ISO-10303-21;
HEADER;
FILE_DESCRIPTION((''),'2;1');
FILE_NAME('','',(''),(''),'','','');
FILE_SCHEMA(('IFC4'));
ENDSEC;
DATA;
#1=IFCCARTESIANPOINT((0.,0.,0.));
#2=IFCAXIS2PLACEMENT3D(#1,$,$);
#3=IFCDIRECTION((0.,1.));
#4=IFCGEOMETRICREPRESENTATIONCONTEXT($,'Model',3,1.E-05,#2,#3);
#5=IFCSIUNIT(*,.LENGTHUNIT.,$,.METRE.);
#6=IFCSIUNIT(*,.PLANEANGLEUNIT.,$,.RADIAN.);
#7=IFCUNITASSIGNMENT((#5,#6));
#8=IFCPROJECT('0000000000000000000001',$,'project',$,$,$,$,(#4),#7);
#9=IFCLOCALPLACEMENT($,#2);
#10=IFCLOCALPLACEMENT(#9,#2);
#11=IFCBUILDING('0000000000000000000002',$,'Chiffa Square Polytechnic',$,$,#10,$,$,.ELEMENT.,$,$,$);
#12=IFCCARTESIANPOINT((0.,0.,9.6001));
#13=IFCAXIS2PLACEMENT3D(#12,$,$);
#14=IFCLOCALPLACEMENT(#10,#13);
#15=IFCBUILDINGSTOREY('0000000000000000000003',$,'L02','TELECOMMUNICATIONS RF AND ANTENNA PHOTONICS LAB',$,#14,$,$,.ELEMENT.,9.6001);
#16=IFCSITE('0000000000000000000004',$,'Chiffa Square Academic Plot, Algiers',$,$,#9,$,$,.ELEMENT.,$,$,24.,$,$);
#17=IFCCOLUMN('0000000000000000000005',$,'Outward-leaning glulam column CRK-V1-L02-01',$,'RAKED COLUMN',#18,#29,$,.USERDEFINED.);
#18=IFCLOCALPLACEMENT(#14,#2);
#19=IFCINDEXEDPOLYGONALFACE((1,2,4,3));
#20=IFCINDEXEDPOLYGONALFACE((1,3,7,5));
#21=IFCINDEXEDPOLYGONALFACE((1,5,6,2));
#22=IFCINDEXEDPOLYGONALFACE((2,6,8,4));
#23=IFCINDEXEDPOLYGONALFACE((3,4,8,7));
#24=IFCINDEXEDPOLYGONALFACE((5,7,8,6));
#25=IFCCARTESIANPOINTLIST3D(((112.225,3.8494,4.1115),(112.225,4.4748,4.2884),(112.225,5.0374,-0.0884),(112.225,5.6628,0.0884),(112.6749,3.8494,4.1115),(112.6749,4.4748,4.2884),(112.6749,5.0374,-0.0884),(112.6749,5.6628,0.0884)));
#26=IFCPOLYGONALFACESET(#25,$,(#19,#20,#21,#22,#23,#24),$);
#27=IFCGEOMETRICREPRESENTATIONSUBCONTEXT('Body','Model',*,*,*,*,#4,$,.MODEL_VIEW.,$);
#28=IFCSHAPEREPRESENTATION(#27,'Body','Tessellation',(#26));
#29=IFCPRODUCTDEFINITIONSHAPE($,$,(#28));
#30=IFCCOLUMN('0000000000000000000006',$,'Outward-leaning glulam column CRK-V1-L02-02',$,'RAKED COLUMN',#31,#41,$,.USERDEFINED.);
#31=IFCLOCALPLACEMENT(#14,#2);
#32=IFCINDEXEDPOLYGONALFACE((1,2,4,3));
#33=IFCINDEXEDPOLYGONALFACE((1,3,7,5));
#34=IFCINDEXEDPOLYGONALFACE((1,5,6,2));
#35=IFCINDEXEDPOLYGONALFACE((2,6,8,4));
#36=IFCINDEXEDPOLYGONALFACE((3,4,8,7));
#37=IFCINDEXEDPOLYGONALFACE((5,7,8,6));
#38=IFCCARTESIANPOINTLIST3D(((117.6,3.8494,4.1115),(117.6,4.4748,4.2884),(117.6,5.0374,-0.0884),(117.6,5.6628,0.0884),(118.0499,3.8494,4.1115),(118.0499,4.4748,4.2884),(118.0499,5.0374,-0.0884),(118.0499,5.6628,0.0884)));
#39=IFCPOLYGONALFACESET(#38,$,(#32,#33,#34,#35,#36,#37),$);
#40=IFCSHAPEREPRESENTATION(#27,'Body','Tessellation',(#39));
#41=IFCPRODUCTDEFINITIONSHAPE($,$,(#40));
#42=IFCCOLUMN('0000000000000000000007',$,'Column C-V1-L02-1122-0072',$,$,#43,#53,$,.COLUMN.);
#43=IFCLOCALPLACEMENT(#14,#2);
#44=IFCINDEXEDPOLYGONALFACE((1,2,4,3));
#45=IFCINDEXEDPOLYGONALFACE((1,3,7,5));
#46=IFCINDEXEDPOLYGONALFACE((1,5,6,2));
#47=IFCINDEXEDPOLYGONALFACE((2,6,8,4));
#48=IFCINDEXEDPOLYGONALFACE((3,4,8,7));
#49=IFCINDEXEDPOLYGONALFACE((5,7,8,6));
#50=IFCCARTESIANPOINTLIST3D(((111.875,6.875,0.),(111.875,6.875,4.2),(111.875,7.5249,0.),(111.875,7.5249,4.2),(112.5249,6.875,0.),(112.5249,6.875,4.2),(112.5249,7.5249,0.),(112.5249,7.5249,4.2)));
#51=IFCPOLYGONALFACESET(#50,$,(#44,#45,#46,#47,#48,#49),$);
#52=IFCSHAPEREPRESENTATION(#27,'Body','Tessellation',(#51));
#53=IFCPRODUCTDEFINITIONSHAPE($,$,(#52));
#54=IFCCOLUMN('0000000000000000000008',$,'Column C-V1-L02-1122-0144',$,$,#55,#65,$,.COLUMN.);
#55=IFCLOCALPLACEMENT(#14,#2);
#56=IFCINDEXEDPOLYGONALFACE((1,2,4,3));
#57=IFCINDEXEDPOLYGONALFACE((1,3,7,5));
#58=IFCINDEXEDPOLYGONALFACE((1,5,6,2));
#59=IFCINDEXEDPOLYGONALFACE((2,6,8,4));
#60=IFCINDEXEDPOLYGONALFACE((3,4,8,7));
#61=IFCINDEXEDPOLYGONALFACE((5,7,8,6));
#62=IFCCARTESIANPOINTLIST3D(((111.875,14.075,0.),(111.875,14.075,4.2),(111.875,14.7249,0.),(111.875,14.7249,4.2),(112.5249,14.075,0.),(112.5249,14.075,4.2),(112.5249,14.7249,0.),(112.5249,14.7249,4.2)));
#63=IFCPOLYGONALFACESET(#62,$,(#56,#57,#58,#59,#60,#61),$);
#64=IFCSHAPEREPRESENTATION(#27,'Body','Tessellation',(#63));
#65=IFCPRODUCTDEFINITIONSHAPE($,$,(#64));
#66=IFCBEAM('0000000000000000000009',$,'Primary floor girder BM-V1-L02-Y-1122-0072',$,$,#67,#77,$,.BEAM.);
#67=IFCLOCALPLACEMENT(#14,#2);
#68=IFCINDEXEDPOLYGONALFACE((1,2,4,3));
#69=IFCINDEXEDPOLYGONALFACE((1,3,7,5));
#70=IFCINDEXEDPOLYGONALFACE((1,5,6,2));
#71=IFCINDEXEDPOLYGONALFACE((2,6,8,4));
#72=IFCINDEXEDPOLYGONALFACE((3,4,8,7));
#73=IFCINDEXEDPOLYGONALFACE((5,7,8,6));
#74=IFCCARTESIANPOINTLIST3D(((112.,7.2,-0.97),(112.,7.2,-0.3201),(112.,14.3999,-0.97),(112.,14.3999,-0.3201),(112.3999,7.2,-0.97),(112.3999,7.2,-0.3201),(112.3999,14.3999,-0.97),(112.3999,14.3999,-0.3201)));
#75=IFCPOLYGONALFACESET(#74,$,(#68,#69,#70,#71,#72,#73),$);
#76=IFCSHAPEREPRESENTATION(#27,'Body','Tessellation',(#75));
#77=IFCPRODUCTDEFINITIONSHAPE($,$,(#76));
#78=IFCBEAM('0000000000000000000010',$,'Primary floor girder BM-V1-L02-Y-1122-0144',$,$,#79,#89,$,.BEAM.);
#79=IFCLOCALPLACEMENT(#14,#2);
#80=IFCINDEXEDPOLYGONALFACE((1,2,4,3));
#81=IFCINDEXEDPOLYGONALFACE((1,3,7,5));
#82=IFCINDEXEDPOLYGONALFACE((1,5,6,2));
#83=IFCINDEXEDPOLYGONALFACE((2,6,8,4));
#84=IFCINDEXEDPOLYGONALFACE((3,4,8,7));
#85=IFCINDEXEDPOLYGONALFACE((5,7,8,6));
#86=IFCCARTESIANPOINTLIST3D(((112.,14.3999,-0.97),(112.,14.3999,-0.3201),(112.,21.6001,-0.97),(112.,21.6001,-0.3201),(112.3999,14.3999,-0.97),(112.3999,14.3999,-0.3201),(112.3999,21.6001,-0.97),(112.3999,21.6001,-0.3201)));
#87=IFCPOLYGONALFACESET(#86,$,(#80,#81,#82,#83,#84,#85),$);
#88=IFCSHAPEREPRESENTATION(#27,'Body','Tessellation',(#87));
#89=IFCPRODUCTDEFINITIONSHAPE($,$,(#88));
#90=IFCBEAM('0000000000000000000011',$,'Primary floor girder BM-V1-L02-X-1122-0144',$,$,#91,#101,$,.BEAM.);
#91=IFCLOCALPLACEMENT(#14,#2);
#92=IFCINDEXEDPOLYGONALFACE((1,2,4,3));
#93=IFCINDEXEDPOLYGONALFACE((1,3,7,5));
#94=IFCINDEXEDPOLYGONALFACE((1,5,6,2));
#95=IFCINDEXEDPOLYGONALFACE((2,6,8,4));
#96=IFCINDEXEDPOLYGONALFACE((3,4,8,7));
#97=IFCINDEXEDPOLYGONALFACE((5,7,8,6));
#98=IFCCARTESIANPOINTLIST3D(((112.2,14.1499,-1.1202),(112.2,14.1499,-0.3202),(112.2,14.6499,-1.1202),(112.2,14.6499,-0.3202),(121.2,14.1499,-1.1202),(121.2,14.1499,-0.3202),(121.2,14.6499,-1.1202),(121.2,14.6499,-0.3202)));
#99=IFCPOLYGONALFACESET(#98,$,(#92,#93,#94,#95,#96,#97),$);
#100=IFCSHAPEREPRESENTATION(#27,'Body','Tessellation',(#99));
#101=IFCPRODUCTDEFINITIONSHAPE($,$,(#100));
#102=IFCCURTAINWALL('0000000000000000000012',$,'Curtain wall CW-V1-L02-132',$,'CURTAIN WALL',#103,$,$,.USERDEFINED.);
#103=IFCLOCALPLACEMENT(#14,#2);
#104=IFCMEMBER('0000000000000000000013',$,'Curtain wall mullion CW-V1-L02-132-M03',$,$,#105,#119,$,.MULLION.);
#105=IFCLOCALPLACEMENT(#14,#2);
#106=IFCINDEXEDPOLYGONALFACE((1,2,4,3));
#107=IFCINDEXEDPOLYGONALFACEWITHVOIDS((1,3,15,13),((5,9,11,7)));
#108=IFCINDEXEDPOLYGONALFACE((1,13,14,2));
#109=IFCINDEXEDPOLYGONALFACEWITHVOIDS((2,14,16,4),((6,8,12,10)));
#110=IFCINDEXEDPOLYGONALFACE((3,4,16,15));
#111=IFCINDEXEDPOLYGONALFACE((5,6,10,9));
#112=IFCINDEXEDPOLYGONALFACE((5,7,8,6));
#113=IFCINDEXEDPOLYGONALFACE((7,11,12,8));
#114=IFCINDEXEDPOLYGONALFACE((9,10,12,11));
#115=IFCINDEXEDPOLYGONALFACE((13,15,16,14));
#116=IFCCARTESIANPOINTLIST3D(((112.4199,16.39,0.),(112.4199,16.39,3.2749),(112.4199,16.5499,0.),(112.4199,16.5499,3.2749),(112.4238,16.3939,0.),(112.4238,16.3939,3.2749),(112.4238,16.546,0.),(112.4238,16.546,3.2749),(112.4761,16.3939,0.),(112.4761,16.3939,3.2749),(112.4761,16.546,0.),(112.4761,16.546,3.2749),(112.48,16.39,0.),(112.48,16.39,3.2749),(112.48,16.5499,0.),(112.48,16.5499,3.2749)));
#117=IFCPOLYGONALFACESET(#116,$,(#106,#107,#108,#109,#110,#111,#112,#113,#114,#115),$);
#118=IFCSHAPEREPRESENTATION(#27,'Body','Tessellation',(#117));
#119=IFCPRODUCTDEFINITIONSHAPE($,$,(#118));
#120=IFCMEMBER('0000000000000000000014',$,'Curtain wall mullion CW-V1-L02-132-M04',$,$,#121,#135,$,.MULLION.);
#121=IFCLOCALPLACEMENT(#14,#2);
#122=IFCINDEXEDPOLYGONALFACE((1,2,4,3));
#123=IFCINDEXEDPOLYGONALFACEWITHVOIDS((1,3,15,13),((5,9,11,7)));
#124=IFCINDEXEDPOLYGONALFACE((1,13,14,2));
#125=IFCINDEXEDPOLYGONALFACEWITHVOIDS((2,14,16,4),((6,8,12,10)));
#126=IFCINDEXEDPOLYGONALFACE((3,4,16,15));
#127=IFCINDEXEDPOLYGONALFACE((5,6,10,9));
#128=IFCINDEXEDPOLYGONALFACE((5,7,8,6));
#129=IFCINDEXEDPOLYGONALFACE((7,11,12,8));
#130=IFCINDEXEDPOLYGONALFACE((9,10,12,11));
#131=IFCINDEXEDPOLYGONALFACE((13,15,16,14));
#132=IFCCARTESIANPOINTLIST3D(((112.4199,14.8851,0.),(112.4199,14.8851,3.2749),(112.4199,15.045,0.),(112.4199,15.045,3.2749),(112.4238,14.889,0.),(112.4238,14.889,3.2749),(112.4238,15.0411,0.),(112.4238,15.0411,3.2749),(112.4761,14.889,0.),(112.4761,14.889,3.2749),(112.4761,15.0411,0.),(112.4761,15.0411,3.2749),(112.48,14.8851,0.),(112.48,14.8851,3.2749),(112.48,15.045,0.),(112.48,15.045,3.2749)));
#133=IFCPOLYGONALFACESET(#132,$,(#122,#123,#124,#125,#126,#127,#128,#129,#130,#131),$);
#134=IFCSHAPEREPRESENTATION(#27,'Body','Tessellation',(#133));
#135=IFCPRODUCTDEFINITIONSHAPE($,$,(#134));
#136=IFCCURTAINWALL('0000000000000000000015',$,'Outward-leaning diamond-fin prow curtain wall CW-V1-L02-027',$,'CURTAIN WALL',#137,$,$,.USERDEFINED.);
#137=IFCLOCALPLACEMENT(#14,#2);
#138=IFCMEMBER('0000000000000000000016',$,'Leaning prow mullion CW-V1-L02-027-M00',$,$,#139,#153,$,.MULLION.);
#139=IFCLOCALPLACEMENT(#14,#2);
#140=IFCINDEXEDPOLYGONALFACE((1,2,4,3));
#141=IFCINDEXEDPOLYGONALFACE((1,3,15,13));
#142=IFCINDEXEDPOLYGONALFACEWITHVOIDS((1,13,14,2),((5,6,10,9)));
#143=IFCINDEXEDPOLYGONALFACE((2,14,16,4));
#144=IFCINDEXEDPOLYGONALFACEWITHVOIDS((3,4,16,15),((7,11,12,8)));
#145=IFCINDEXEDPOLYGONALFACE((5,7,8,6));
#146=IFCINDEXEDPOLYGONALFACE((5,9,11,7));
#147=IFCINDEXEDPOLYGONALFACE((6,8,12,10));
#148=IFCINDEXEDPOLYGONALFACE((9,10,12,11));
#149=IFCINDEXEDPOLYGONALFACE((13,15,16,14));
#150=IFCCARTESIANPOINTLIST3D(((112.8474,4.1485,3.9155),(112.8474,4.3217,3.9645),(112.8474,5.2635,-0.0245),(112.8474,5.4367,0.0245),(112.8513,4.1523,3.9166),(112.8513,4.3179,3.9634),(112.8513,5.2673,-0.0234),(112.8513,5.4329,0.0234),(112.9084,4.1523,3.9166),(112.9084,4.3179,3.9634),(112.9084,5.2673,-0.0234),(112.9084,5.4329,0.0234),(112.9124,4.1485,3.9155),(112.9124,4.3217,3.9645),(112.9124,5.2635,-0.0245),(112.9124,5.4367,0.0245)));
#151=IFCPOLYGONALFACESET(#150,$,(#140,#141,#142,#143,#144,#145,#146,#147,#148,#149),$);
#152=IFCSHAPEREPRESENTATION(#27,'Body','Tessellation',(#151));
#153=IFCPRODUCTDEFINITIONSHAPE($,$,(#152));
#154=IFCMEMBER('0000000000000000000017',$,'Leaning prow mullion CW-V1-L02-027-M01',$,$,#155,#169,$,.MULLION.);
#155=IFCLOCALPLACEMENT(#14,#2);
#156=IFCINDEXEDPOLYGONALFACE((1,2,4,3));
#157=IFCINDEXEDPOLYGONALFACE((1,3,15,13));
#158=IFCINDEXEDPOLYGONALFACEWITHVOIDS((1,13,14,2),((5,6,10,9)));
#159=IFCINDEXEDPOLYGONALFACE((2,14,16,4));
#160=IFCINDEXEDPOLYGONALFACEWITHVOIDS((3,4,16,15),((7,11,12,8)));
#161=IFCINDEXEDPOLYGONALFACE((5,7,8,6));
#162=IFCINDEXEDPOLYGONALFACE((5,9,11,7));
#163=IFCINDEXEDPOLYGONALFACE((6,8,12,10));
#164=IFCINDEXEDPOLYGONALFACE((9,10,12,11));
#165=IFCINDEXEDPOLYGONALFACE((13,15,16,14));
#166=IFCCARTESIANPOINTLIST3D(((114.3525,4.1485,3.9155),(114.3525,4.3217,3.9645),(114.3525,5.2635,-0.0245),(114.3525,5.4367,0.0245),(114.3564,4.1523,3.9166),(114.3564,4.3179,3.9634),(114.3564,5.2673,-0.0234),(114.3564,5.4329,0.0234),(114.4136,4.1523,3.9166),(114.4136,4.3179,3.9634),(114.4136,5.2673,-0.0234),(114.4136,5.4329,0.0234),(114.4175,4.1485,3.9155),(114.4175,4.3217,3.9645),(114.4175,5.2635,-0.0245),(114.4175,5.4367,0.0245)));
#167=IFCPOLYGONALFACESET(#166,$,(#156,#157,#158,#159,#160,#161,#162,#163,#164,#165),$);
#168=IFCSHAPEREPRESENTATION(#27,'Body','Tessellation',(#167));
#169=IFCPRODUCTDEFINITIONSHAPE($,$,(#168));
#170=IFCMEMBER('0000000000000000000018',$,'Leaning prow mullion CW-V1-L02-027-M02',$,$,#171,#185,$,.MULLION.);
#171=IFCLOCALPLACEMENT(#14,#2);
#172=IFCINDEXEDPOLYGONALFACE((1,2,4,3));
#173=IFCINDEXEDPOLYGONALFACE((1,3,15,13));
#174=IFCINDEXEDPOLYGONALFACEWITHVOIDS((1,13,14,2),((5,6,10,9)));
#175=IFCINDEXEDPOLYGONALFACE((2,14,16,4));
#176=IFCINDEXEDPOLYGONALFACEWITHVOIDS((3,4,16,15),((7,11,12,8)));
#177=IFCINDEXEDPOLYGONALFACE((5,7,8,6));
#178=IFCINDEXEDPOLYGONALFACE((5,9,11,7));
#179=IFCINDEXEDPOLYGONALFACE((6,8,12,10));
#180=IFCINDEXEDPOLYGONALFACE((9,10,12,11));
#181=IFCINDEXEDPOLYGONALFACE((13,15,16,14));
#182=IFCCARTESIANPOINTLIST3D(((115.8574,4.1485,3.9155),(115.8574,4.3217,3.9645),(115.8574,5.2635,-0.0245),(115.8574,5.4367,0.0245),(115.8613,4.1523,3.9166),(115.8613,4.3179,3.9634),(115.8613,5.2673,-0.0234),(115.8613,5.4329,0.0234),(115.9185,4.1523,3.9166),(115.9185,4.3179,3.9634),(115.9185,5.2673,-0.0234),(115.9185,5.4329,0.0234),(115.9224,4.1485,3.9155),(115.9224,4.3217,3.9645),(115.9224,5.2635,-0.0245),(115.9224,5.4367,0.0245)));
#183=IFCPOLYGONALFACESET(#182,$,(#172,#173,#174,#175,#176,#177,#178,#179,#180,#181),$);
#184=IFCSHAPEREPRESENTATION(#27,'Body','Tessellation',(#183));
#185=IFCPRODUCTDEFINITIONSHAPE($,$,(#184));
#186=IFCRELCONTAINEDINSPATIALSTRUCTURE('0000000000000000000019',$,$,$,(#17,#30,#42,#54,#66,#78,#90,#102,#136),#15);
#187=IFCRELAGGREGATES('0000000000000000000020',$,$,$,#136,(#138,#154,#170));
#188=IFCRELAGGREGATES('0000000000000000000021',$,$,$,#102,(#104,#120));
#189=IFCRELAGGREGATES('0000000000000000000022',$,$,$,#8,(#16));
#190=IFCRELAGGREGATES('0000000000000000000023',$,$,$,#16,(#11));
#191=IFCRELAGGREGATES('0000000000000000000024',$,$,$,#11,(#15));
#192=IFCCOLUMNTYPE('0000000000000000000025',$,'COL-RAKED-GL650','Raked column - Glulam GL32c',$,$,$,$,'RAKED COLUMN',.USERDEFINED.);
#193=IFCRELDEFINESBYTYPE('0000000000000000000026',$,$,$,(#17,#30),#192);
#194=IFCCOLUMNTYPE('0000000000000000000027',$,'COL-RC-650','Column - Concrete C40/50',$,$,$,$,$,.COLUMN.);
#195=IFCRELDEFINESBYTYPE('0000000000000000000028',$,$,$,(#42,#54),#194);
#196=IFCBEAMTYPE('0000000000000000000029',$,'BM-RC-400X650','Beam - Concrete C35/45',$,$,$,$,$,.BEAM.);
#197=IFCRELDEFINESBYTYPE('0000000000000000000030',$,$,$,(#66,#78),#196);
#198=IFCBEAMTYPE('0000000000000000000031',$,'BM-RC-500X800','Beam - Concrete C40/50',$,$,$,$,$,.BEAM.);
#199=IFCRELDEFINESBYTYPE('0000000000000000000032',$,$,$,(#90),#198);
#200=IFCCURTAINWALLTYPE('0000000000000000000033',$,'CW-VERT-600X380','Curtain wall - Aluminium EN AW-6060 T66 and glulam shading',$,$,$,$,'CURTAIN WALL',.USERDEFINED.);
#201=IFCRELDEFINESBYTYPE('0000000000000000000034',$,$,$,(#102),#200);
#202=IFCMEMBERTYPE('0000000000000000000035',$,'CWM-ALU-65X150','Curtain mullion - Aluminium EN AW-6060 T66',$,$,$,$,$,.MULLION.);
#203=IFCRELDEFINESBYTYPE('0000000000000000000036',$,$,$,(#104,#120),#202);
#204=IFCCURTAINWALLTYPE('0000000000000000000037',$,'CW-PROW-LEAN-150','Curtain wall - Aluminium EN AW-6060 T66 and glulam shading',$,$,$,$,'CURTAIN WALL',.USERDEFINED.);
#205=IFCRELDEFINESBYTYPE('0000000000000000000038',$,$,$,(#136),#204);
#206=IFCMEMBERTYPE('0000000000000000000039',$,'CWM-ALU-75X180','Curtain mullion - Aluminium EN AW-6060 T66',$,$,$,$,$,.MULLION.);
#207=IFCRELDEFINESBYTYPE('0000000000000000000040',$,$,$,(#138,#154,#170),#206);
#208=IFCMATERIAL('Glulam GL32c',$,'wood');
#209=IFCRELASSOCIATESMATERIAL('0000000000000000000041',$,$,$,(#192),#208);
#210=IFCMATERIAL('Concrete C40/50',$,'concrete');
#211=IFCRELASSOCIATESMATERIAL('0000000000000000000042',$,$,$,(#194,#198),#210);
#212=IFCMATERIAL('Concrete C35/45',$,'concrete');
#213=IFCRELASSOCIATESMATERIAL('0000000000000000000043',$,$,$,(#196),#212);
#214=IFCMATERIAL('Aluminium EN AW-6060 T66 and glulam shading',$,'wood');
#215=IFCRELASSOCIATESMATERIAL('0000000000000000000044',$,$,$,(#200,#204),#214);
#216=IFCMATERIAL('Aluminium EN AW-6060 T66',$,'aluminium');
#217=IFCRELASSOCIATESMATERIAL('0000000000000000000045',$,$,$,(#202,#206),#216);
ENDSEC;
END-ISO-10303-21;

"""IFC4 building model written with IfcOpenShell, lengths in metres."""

from ifc_helpers import new_model, si_unit, direction, frame, origin, origin_2d, place, context, subcontext, project, spatial, rectangle, hollow_rectangle, extrude, material, material_profile, profile_set, type_object, element, aggregate, save


model = new_model("IFC4")

# Units and contexts
model_context = context("Model", 3, precision=1e-05, world=origin(), true_north=direction((0.0, 1.0)))
body_context = subcontext(model_context, "Body", "Model", "MODEL_VIEW")
ifc_project = project(units=[si_unit("LENGTHUNIT", "METRE"), si_unit("PLANEANGLEUNIT", "RADIAN")], contexts=[model_context])

# Site, building, storey
site_placement = place(None, origin())
site = spatial("IfcSite", under=ifc_project, at=site_placement, Name="Chiffa Square Academic Plot, Algiers", CompositionType="ELEMENT", RefElevation=24.0)
building_placement = place(site_placement, origin())
building = spatial("IfcBuilding", under=site, at=building_placement, Name="Chiffa Square Polytechnic", CompositionType="ELEMENT")
storey_placement = place(building_placement, frame((0.0, 0.0, 9.6001)))
storey = spatial("IfcBuildingStorey", under=building, at=storey_placement, Name="L02", Description="TELECOMMUNICATIONS RF AND ANTENNA PHOTONICS LAB", CompositionType="ELEMENT", Elevation=9.6001)

# Columns
ifc_material_1 = material(Name="Glulam GL32c", Category="wood")
ifc_material_profile_1 = material_profile(ifc_material_1, rectangle(XDim=0.45, YDim=0.6499, at=origin_2d()), Name="GL32c 450x650")
ifc_profile_set_1 = profile_set([ifc_material_profile_1], Name="Glulam GL32c")
column_type_1 = type_object("IfcColumnType", Name="COL-RAKED-GL650", Description="Raked column - Glulam GL32c", ElementType="RAKED COLUMN", PredefinedType="USERDEFINED", material=ifc_profile_set_1)
for number, where, z_axis, x_axis, name in (
    (1, (112.45, 5.3501, 0.0), (0.0, -0.272179, 0.962247), (1.0, 0.0, 0.0), "Outward-leaning glulam column CRK-V1-L02-01"),
    (2, (117.825, 5.3501, 0.0), (0.0, -0.272179, 0.962247), (1.0, 0.0, 0.0), "Outward-leaning glulam column CRK-V1-L02-02"),
):
    element("IfcColumn", number, at=place(storey_placement, frame(where, z_axis=z_axis, x_axis=x_axis)), inside=storey, type_object=column_type_1, Name=name, ObjectType="RAKED COLUMN", PredefinedType="USERDEFINED", context=body_context, shape_type="SweptSolid", body=[
        extrude(rectangle(XDim=0.45, YDim=0.6499, at=origin_2d()), origin(), (0.0, 0.0, 1.0), 4.3647),
    ])
ifc_material_2 = material(Name="Concrete C40/50", Category="concrete")
ifc_material_profile_2 = material_profile(ifc_material_2, rectangle(XDim=0.6499, YDim=0.6499, at=origin_2d()), Name="RC 650x650")
ifc_profile_set_2 = profile_set([ifc_material_profile_2], Name="Concrete C40/50")
column_type_2 = type_object("IfcColumnType", Name="COL-RC-650", Description="Column - Concrete C40/50", PredefinedType="COLUMN", material=ifc_profile_set_2)
for number, where, z_axis, x_axis, name in (
    (3, (112.2, 7.2, 0.0), (0.0, 0.0, 1.0), (1.0, 0.0, 0.0), "Column C-V1-L02-1122-0072"),
    (4, (112.2, 14.3999, 0.0), (0.0, 0.0, 1.0), (1.0, 0.0, 0.0), "Column C-V1-L02-1122-0144"),
):
    element("IfcColumn", number, at=place(storey_placement, frame(where, z_axis=z_axis, x_axis=x_axis)), inside=storey, type_object=column_type_2, Name=name, PredefinedType="COLUMN", context=body_context, shape_type="SweptSolid", body=[
        extrude(rectangle(XDim=0.6499, YDim=0.6499, at=origin_2d()), origin(), (0.0, 0.0, 1.0), 4.2),
    ])

# Beams
ifc_material_3 = material(Name="Concrete C35/45", Category="concrete")
ifc_material_profile_3 = material_profile(ifc_material_3, rectangle(XDim=0.3999, YDim=0.6499, at=origin_2d()), Name="RC 400x650")
ifc_profile_set_3 = profile_set([ifc_material_profile_3], Name="Concrete C35/45")
beam_type_1 = type_object("IfcBeamType", Name="BM-RC-400X650", Description="Beam - Concrete C35/45", PredefinedType="BEAM", material=ifc_profile_set_3)
beam_1_placement = place(storey_placement, frame((112.2, 7.2, -0.645), z_axis=(0.0, 1.0, 0.0), x_axis=(-1.0, 0.0, 0.0)))
element("IfcBeam", 5, at=beam_1_placement, inside=storey, type_object=beam_type_1, Name="Primary floor girder BM-V1-L02-Y-1122-0072", PredefinedType="BEAM", context=body_context, shape_type="SweptSolid", body=[
    extrude(rectangle(XDim=0.3999, YDim=0.6499, at=origin_2d()), origin(), (0.0, 0.0, 1.0), 7.2),
])
beam_2_placement = place(storey_placement, frame((112.2, 14.3999, -0.645), z_axis=(0.0, 1.0, 0.0), x_axis=(-1.0, 0.0, 0.0)))
element("IfcBeam", 6, at=beam_2_placement, inside=storey, type_object=beam_type_1, Name="Primary floor girder BM-V1-L02-Y-1122-0144", PredefinedType="BEAM", context=body_context, shape_type="SweptSolid", body=[
    extrude(rectangle(XDim=0.3999, YDim=0.6499, at=origin_2d()), origin(), (0.0, 0.0, 1.0), 7.2002),
])
ifc_material_profile_4 = material_profile(ifc_material_2, rectangle(XDim=0.5, YDim=0.8, at=origin_2d()), Name="RC 500x800")
ifc_profile_set_4 = profile_set([ifc_material_profile_4], Name="Concrete C40/50")
beam_type_2 = type_object("IfcBeamType", Name="BM-RC-500X800", Description="Beam - Concrete C40/50", PredefinedType="BEAM", material=ifc_profile_set_4)
beam_3_placement = place(storey_placement, frame((112.2, 14.3999, -0.7202), z_axis=(1.0, 0.0, 0.0), x_axis=(0.0, 1.0, 0.0)))
element("IfcBeam", 7, at=beam_3_placement, inside=storey, type_object=beam_type_2, Name="Primary floor girder BM-V1-L02-X-1122-0144", PredefinedType="BEAM", context=body_context, shape_type="SweptSolid", body=[
    extrude(rectangle(XDim=0.5, YDim=0.8, at=origin_2d()), origin(), (0.0, 0.0, 1.0), 9.0),
])

# Curtain walls, members
ifc_material_4 = material(Name="Aluminium EN AW-6060 T66 and glulam shading", Category="wood")
curtain_wall_type_1 = type_object("IfcCurtainWallType", Name="CW-VERT-600X380", Description="Curtain wall - Aluminium EN AW-6060 T66 and glulam shading", ElementType="CURTAIN WALL", PredefinedType="USERDEFINED", material=ifc_material_4)
curtain_wall_1_placement = place(storey_placement, origin())
curtain_wall_1 = element("IfcCurtainWall", 8, at=curtain_wall_1_placement, inside=storey, type_object=curtain_wall_type_1, Name="Curtain wall CW-V1-L02-132", ObjectType="CURTAIN WALL", PredefinedType="USERDEFINED")
ifc_material_5 = material(Name="Aluminium EN AW-6060 T66", Category="aluminium")
ifc_material_profile_5 = material_profile(ifc_material_5, hollow_rectangle(XDim=0.0601, YDim=0.1599, WallThickness=0.0039, at=origin_2d()), Name="ALU 60x160x4")
ifc_profile_set_5 = profile_set([ifc_material_profile_5], Name="Aluminium EN AW-6060 T66")
member_type_1 = type_object("IfcMemberType", Name="CWM-ALU-65X150", Description="Curtain mullion - Aluminium EN AW-6060 T66", PredefinedType="MULLION", material=ifc_profile_set_5)
member_1_placement = place(storey_placement, frame((112.45, 16.47, 0.0), z_axis=(0.0, 0.0, 1.0), x_axis=(1.0, 0.0, 0.0)))
member_1 = element("IfcMember", 9, at=member_1_placement, type_object=member_type_1, Name="Curtain wall mullion CW-V1-L02-132-M03", PredefinedType="MULLION", context=body_context, shape_type="SweptSolid", body=[
    extrude(hollow_rectangle(XDim=0.0601, YDim=0.1599, WallThickness=0.0039, at=origin_2d()), origin(), (0.0, 0.0, 1.0), 3.2749),
])
member_2_placement = place(storey_placement, frame((112.45, 14.9651, 0.0), z_axis=(0.0, 0.0, 1.0), x_axis=(1.0, 0.0, 0.0)))
member_2 = element("IfcMember", 10, at=member_2_placement, type_object=member_type_1, Name="Curtain wall mullion CW-V1-L02-132-M04", PredefinedType="MULLION", context=body_context, shape_type="SweptSolid", body=[
    extrude(hollow_rectangle(XDim=0.0601, YDim=0.1599, WallThickness=0.0039, at=origin_2d()), origin(), (0.0, 0.0, 1.0), 3.2749),
])
curtain_wall_type_2 = type_object("IfcCurtainWallType", Name="CW-PROW-LEAN-150", Description="Curtain wall - Aluminium EN AW-6060 T66 and glulam shading", ElementType="CURTAIN WALL", PredefinedType="USERDEFINED", material=ifc_material_4)
curtain_wall_2_placement = place(storey_placement, origin())
curtain_wall_2 = element("IfcCurtainWall", 11, at=curtain_wall_2_placement, inside=storey, type_object=curtain_wall_type_2, Name="Outward-leaning diamond-fin prow curtain wall CW-V1-L02-027", ObjectType="CURTAIN WALL", PredefinedType="USERDEFINED")
ifc_material_profile_6 = material_profile(ifc_material_5, hollow_rectangle(XDim=0.0649, YDim=0.1799, WallThickness=0.0039, at=origin_2d()), Name="ALU 65x180x4")
ifc_profile_set_6 = profile_set([ifc_material_profile_6], Name="Aluminium EN AW-6060 T66")
member_type_2 = type_object("IfcMemberType", Name="CWM-ALU-75X180", Description="Curtain mullion - Aluminium EN AW-6060 T66", PredefinedType="MULLION", material=ifc_profile_set_6)
member_3_placement = place(storey_placement, frame((112.8799, 5.3501, 0.0), z_axis=(0.0, -0.272303, 0.962212), x_axis=(1.0, 0.0, 0.0)))
member_3 = element("IfcMember", 12, at=member_3_placement, type_object=member_type_2, Name="Leaning prow mullion CW-V1-L02-027-M00", PredefinedType="MULLION", context=body_context, shape_type="SweptSolid", body=[
    extrude(hollow_rectangle(XDim=0.0649, YDim=0.1799, WallThickness=0.0039, at=origin_2d()), origin(), (0.0, 0.0, 1.0), 4.0947),
])
member_4_placement = place(storey_placement, frame((114.385, 5.3501, 0.0), z_axis=(0.0, -0.272303, 0.962212), x_axis=(1.0, 0.0, 0.0)))
member_4 = element("IfcMember", 13, at=member_4_placement, type_object=member_type_2, Name="Leaning prow mullion CW-V1-L02-027-M01", PredefinedType="MULLION", context=body_context, shape_type="SweptSolid", body=[
    extrude(hollow_rectangle(XDim=0.0649, YDim=0.1799, WallThickness=0.0039, at=origin_2d()), origin(), (0.0, 0.0, 1.0), 4.0947),
])
member_5_placement = place(storey_placement, frame((115.8899, 5.3501, 0.0), z_axis=(0.0, -0.272303, 0.962212), x_axis=(1.0, 0.0, 0.0)))
member_5 = element("IfcMember", 14, at=member_5_placement, type_object=member_type_2, Name="Leaning prow mullion CW-V1-L02-027-M02", PredefinedType="MULLION", context=body_context, shape_type="SweptSolid", body=[
    extrude(hollow_rectangle(XDim=0.0649, YDim=0.1799, WallThickness=0.0039, at=origin_2d()), origin(), (0.0, 0.0, 1.0), 4.0947),
])
aggregate(curtain_wall_2, [member_3, member_4, member_5])

aggregate(curtain_wall_1, [member_1, member_2])

save(model, "model.ifc")
